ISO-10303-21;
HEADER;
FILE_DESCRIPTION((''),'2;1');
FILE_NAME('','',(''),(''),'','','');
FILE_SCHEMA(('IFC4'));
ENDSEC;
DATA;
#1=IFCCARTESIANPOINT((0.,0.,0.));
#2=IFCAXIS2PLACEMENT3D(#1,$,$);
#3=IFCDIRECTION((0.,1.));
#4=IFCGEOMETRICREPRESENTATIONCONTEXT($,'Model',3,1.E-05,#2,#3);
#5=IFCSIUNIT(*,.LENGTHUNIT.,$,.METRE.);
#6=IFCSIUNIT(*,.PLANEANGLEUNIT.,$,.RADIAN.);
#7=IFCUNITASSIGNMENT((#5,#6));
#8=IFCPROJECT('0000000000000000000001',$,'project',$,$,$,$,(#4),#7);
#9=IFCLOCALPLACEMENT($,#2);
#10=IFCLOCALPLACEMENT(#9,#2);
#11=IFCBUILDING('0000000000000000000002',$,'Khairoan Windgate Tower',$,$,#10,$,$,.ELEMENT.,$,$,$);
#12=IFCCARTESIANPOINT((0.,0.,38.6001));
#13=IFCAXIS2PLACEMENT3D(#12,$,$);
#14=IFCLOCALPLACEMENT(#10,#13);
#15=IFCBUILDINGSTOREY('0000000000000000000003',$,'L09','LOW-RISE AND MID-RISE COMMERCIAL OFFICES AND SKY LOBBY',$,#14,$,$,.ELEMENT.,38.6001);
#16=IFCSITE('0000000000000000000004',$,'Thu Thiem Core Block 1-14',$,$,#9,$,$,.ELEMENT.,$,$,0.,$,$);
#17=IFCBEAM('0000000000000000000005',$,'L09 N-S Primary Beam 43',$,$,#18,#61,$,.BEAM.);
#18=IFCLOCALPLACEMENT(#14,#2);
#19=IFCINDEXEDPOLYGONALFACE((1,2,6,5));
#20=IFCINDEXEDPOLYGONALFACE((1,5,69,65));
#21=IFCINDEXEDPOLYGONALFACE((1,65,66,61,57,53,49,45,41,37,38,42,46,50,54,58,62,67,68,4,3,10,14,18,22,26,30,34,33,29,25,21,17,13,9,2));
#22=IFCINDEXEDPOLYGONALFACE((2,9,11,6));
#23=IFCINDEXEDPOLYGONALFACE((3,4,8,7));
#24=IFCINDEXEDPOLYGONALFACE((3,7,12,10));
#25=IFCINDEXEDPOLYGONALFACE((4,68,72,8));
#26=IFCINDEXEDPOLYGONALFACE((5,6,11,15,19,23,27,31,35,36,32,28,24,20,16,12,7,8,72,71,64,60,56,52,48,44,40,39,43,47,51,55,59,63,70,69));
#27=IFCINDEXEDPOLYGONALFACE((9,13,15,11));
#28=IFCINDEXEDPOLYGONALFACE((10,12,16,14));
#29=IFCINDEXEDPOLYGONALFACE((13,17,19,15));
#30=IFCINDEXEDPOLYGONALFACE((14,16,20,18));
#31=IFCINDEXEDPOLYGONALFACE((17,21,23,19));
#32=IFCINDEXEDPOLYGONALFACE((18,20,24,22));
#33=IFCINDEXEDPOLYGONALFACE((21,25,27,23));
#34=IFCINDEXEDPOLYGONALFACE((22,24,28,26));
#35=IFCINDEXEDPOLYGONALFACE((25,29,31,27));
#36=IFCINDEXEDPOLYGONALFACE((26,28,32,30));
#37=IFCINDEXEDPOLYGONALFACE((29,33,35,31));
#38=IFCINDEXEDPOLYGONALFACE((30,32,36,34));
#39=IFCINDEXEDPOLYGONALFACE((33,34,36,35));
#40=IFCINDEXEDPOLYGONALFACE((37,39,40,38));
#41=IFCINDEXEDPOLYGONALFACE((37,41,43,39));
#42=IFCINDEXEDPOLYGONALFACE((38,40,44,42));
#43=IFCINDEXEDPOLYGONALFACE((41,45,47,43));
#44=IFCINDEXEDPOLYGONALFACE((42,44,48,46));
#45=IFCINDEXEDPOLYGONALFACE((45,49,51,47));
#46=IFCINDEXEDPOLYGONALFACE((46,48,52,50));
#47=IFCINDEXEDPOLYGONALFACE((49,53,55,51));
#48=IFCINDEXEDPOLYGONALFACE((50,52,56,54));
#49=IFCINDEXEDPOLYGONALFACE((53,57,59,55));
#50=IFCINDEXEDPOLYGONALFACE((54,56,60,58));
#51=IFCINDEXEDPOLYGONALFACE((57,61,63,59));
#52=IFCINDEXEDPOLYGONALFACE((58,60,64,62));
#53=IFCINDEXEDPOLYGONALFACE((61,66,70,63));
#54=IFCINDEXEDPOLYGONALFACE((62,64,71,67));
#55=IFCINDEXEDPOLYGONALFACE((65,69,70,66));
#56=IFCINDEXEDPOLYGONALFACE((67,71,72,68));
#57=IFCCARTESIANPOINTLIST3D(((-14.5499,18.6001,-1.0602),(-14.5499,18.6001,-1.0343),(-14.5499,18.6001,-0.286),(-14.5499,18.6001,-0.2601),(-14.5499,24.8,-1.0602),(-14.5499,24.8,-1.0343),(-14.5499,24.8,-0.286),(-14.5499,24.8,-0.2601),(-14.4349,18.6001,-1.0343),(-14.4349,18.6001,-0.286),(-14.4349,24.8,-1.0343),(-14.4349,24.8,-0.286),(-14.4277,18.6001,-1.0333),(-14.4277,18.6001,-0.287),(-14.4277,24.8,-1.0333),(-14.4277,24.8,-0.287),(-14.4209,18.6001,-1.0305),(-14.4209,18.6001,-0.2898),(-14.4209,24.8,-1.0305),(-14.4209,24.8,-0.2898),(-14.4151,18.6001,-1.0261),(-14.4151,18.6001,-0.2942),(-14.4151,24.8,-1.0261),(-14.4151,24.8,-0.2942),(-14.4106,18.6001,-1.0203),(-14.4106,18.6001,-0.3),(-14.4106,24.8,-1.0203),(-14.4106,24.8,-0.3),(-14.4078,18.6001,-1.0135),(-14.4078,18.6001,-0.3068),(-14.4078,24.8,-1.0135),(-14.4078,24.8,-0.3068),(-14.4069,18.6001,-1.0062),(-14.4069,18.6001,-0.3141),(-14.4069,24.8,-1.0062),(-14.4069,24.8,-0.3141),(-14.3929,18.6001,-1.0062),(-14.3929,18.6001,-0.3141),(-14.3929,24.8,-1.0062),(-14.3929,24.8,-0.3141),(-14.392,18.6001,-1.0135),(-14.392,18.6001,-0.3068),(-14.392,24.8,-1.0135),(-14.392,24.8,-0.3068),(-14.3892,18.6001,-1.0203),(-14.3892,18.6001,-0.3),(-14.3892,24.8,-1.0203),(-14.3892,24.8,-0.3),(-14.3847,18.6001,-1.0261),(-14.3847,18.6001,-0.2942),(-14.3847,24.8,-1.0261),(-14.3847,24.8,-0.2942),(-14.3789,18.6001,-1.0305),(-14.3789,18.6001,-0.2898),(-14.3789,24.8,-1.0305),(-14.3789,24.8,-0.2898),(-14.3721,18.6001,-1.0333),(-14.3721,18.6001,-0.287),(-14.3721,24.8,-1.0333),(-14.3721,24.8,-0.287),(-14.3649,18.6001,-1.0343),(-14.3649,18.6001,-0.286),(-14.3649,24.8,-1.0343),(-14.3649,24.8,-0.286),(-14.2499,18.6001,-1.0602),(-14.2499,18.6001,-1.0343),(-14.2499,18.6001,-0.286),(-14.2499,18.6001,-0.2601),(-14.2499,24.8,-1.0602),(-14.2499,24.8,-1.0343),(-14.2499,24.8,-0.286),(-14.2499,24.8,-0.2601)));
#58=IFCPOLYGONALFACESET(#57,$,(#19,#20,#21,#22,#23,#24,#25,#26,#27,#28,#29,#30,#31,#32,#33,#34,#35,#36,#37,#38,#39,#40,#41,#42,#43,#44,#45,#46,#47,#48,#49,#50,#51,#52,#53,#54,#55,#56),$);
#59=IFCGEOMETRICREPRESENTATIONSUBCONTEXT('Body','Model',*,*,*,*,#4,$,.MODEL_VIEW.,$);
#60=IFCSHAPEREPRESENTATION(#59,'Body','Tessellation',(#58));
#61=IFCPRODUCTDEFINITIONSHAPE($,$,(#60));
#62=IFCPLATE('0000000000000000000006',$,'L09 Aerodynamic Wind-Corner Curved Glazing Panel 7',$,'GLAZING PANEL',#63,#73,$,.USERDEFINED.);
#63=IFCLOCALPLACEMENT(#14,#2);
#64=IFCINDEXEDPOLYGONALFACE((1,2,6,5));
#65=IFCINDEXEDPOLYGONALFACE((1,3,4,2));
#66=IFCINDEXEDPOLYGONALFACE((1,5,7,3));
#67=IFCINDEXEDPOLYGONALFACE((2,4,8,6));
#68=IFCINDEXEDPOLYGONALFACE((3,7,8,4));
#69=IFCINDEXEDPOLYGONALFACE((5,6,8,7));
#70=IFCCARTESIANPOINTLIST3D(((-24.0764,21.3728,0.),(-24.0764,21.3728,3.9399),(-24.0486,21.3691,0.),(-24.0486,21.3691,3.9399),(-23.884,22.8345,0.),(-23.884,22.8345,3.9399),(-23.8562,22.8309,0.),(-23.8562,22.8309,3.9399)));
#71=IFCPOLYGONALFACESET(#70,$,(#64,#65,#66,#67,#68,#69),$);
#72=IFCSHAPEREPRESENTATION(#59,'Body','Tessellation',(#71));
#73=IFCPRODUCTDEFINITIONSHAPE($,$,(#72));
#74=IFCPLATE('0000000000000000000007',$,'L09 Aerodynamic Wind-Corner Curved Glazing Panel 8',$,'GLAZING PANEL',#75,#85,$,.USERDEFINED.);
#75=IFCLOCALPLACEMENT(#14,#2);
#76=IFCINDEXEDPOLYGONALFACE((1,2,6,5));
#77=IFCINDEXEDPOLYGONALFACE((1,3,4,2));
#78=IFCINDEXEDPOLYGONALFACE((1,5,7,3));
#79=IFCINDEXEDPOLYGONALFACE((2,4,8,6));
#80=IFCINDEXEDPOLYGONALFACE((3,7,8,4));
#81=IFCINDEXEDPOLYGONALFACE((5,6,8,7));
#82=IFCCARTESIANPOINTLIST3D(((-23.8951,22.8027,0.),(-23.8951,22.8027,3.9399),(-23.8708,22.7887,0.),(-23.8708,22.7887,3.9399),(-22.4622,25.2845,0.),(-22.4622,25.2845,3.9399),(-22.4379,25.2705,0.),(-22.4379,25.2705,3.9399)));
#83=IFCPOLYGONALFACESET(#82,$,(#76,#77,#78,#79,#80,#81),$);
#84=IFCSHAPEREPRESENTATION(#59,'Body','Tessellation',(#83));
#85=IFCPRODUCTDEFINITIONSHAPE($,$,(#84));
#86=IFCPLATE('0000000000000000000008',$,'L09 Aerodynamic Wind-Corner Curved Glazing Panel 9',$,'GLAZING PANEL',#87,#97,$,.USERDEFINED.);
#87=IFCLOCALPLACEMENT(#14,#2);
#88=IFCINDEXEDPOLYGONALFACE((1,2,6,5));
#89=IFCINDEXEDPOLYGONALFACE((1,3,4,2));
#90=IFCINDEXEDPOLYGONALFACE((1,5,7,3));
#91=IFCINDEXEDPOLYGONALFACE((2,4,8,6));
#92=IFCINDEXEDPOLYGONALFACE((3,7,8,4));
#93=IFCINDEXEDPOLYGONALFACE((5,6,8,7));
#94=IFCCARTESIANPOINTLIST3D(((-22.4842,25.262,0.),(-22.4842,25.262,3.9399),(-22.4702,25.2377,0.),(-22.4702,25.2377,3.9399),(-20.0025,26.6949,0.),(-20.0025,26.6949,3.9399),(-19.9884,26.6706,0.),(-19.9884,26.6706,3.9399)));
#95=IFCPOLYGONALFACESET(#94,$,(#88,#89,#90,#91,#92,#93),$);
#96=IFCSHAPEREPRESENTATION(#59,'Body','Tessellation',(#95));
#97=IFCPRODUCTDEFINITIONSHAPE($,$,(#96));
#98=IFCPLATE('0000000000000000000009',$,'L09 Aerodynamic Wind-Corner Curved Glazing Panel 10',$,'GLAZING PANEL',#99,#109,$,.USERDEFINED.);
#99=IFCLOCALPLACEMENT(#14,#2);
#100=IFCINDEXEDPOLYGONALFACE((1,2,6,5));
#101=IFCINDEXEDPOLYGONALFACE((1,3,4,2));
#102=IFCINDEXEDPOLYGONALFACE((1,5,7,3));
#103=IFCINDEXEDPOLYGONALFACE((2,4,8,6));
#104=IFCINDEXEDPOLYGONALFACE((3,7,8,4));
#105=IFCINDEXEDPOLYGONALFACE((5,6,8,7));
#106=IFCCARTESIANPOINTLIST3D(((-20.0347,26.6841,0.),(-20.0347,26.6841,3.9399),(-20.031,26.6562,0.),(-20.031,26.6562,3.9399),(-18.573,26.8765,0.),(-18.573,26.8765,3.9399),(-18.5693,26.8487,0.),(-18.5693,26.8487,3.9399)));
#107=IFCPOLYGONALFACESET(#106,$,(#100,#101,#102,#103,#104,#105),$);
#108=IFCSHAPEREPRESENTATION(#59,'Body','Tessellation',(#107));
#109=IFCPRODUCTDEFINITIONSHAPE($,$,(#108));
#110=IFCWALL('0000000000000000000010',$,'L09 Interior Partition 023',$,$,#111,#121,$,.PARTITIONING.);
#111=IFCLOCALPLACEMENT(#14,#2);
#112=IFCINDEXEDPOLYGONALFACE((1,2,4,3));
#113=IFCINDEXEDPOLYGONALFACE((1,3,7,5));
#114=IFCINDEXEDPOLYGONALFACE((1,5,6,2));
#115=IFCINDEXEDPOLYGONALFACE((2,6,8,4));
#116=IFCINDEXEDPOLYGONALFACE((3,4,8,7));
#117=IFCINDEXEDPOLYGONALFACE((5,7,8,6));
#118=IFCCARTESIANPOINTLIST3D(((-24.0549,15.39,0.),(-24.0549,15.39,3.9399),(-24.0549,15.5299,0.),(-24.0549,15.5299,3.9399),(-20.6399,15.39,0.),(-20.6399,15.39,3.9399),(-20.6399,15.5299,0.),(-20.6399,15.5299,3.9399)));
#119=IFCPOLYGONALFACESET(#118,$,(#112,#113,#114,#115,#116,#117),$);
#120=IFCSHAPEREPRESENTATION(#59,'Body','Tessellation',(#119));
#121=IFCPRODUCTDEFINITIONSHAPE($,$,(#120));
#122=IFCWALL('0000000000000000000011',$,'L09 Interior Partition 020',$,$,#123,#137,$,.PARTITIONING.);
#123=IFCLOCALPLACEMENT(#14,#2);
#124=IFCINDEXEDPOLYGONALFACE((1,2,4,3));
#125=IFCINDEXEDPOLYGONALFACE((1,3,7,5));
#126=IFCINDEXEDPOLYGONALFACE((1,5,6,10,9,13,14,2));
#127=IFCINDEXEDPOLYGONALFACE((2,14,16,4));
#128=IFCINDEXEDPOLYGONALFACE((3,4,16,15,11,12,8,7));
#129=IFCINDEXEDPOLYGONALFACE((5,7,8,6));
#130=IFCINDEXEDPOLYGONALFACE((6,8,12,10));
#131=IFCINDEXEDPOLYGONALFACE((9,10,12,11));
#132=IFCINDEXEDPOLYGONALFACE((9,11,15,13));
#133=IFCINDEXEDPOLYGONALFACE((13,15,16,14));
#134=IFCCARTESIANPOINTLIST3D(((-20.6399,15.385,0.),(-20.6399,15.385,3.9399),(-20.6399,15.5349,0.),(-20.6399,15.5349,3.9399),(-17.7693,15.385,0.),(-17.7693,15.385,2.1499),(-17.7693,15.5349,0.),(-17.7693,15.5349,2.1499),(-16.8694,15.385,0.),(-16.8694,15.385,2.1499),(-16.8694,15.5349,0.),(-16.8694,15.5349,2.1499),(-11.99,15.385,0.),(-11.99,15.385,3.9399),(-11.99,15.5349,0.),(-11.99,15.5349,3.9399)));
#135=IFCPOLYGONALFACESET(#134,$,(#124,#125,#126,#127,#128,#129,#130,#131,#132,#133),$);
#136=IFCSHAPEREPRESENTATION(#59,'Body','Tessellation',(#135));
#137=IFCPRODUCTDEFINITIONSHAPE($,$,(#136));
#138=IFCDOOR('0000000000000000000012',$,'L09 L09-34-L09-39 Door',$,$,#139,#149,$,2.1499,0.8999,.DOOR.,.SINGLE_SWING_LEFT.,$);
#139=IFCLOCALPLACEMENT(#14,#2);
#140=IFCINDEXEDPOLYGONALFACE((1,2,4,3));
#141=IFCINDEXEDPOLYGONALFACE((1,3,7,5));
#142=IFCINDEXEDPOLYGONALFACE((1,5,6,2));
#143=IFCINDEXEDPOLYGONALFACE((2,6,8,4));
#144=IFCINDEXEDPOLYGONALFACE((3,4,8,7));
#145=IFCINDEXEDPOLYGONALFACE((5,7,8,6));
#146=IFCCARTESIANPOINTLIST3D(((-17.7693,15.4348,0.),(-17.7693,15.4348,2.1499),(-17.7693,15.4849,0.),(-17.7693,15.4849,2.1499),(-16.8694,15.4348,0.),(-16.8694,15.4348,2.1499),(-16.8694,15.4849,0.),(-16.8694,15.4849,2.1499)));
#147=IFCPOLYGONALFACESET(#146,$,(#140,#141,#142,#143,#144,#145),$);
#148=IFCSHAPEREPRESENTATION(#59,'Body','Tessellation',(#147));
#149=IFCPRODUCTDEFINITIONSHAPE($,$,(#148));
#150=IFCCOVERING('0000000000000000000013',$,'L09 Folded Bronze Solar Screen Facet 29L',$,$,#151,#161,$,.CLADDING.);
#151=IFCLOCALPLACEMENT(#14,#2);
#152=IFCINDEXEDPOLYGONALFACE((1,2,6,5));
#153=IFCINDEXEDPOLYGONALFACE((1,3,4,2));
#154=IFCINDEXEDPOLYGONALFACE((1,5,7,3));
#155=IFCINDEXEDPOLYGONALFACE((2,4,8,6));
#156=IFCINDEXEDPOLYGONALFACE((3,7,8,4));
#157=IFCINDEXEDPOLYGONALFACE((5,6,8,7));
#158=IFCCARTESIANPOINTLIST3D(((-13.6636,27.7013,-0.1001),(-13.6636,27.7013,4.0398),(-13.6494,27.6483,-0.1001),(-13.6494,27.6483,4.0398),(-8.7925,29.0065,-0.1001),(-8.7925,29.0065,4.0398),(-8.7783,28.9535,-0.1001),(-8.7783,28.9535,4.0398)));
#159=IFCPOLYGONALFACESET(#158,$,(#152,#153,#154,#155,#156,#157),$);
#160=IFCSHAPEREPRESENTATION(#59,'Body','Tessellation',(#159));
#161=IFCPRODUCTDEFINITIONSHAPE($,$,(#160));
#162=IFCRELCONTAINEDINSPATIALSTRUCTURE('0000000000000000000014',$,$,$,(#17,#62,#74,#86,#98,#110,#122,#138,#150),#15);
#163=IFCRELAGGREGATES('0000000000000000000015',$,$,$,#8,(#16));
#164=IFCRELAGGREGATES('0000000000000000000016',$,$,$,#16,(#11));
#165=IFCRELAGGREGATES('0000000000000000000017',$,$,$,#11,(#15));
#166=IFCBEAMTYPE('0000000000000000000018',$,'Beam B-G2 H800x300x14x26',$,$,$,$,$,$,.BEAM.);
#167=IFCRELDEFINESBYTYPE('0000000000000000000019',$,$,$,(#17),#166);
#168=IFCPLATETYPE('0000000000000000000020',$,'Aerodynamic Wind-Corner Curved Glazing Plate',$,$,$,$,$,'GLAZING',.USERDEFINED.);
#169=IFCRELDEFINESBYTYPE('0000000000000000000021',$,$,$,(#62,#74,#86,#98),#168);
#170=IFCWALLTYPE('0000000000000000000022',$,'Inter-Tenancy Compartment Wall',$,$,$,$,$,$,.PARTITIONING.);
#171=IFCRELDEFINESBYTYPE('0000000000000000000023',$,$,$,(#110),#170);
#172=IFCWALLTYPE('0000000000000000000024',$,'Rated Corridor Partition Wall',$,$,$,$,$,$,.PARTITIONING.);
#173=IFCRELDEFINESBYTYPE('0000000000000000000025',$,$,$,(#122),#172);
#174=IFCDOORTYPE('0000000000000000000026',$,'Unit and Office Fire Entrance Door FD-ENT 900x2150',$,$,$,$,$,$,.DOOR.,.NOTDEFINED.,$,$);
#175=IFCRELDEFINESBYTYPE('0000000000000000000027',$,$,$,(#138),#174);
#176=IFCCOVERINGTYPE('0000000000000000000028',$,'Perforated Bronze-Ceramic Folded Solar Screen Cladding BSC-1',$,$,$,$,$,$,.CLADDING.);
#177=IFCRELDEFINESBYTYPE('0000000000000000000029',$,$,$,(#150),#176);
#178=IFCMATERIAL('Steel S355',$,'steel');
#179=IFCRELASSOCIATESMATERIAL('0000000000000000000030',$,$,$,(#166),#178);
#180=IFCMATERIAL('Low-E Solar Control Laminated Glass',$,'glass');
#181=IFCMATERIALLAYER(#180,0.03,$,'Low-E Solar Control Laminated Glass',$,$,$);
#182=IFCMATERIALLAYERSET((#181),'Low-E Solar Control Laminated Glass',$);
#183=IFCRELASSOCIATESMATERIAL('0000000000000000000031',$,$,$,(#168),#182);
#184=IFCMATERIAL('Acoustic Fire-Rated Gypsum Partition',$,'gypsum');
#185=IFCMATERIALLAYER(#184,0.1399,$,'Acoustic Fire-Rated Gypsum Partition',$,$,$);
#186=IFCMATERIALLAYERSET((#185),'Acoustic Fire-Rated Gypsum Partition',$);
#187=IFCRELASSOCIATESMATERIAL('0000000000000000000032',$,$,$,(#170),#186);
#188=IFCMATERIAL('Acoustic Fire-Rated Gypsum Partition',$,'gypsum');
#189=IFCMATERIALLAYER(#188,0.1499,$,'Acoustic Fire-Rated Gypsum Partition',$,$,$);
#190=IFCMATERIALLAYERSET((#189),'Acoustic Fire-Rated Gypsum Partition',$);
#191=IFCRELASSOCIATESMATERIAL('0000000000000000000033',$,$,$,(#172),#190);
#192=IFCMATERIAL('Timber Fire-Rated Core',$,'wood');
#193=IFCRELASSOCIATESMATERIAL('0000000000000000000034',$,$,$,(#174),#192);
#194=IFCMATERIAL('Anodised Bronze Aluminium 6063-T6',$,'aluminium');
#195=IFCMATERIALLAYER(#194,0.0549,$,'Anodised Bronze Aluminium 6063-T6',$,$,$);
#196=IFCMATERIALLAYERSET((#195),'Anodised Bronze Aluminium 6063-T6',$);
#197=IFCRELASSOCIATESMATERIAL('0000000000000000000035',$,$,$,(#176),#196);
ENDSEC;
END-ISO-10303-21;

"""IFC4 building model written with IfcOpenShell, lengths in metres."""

from ifc_helpers import new_model, si_unit, direction, frame, frame_2d, origin, origin_2d, place, context, subcontext, project, spatial, rectangle, i_section, extrude, material, layer, layer_set, material_profile, profile_set, type_object, element, fill, save


model = new_model("IFC4")

# Units and contexts
model_context = context("Model", 3, precision=1e-05, world=origin(), true_north=direction((0.0, 1.0)))
body_context = subcontext(model_context, "Body", "Model", "MODEL_VIEW")
ifc_project = project(units=[si_unit("LENGTHUNIT", "METRE"), si_unit("PLANEANGLEUNIT", "RADIAN")], contexts=[model_context])

# Site, building, storey
site_placement = place(None, origin())
site = spatial("IfcSite", under=ifc_project, at=site_placement, Name="Thu Thiem Core Block 1-14", CompositionType="ELEMENT", RefElevation=0.0)
building_placement = place(site_placement, origin())
building = spatial("IfcBuilding", under=site, at=building_placement, Name="Khairoan Windgate Tower", CompositionType="ELEMENT")
storey_placement = place(building_placement, frame((0.0, 0.0, 38.6001)))
storey = spatial("IfcBuildingStorey", under=building, at=storey_placement, Name="L09", Description="LOW-RISE AND MID-RISE COMMERCIAL OFFICES AND SKY LOBBY", CompositionType="ELEMENT", Elevation=38.6001)

# Beam
ifc_material_1 = material(Name="Steel S355", Category="steel")
ifc_material_profile_1 = material_profile(ifc_material_1, i_section(OverallWidth=0.3, OverallDepth=0.8, WebThickness=0.0139, FlangeThickness=0.0259, FilletRadius=0.0281, at=origin_2d()))
ifc_profile_set_1 = profile_set([ifc_material_profile_1], Name="Steel S355")
beam_type = type_object("IfcBeamType", Name="Beam B-G2 H800x300x14x26", PredefinedType="BEAM", material=ifc_profile_set_1)
beam_1_placement = place(storey_placement, frame((-14.3999, 18.6001, -0.6602), z_axis=(0.0, 1.0, 0.0), x_axis=(-1.0, 0.0, 0.0)))
element("IfcBeam", 1, at=beam_1_placement, inside=storey, type_object=beam_type, Name="L09 N-S Primary Beam 43", PredefinedType="BEAM", context=body_context, shape_type="SweptSolid", body=[
    extrude(i_section(OverallWidth=0.3, OverallDepth=0.8, WebThickness=0.0139, FlangeThickness=0.0259, FilletRadius=0.0281, at=origin_2d()), origin(), (0.0, 0.0, 1.0), 6.2),
])

# Plates
ifc_material_2 = material(Name="Low-E Solar Control Laminated Glass", Category="glass")
ifc_layer_1 = layer(ifc_material_2, 0.03, Name="Low-E Solar Control Laminated Glass")
ifc_layer_set_1 = layer_set([ifc_layer_1], Name="Low-E Solar Control Laminated Glass")
plate_type_1 = type_object("IfcPlateType", Name="Aerodynamic Wind-Corner Curved Glazing Plate", ElementType="GLAZING", PredefinedType="USERDEFINED", material=ifc_layer_set_1)
plate_1_placement = place(storey_placement, frame((-23.9663, 22.1018, 0.0), z_axis=(0.0, 0.0, 1.0), x_axis=(0.130526, 0.991445, 0.0)))
element("IfcPlate", 2, at=plate_1_placement, inside=storey, type_object=plate_type_1, Name="L09 Aerodynamic Wind-Corner Curved Glazing Panel 7", ObjectType="GLAZING PANEL", PredefinedType="USERDEFINED", context=body_context, shape_type="SweptSolid", body=[
    extrude(rectangle(XDim=1.4744, YDim=0.0281, at=origin_2d()), origin(), (0.0, 0.0, 1.0), 3.9399),
])
for number, where, z_axis, x_axis, name in (
    (3, (-23.1665, 24.0366, 0.0), (0.0, 0.0, 1.0), (0.5, 0.866025, 0.0), "L09 Aerodynamic Wind-Corner Curved Glazing Panel 8"),
    (4, (-21.2363, 25.9663, 0.0), (0.0, 0.0, 1.0), (0.866025, 0.5, 0.0), "L09 Aerodynamic Wind-Corner Curved Glazing Panel 9"),
):
    element("IfcPlate", number, at=place(storey_placement, frame(where, z_axis=z_axis, x_axis=x_axis)), inside=storey, type_object=plate_type_1, Name=name, ObjectType="GLAZING PANEL", PredefinedType="USERDEFINED", context=body_context, shape_type="SweptSolid", body=[
        extrude(rectangle(XDim=2.8657, YDim=0.0281, at=origin_2d()), origin(), (0.0, 0.0, 1.0), 3.9399),
    ])
plate_2_placement = place(storey_placement, frame((-19.302, 26.7664, 0.0), z_axis=(0.0, 0.0, 1.0), x_axis=(0.991445, 0.130526, 0.0)))
element("IfcPlate", 5, at=plate_2_placement, inside=storey, type_object=plate_type_1, Name="L09 Aerodynamic Wind-Corner Curved Glazing Panel 10", ObjectType="GLAZING PANEL", PredefinedType="USERDEFINED", context=body_context, shape_type="SweptSolid", body=[
    extrude(rectangle(XDim=1.4744, YDim=0.0281, at=origin_2d()), origin(), (0.0, 0.0, 1.0), 3.9399),
])

# Wall
ifc_material_3 = material(Name="Acoustic Fire-Rated Gypsum Partition", Category="gypsum")
ifc_layer_2 = layer(ifc_material_3, 0.1399, Name="Acoustic Fire-Rated Gypsum Partition")
ifc_layer_set_2 = layer_set([ifc_layer_2], Name="Acoustic Fire-Rated Gypsum Partition")
wall_type_1 = type_object("IfcWallType", Name="Inter-Tenancy Compartment Wall", PredefinedType="PARTITIONING", material=ifc_layer_set_2)
wall_1_placement = place(storey_placement, frame((-24.0549, 15.46, 0.0), z_axis=(0.0, 0.0, 1.0), x_axis=(1.0, 0.0, 0.0)))
element("IfcWall", 6, at=wall_1_placement, inside=storey, type_object=wall_type_1, Name="L09 Interior Partition 023", PredefinedType="PARTITIONING", context=body_context, shape_type="SweptSolid", body=[
    extrude(rectangle(XDim=3.415, YDim=0.1399, at=frame_2d((1.7075, 0.0))), origin(), (0.0, 0.0, 1.0), 3.9399),
])

# Wall, opening, door
ifc_material_4 = material(Name="Acoustic Fire-Rated Gypsum Partition", Category="gypsum")
ifc_layer_3 = layer(ifc_material_4, 0.1499, Name="Acoustic Fire-Rated Gypsum Partition")
ifc_layer_set_3 = layer_set([ifc_layer_3], Name="Acoustic Fire-Rated Gypsum Partition")
wall_type_2 = type_object("IfcWallType", Name="Rated Corridor Partition Wall", PredefinedType="PARTITIONING", material=ifc_layer_set_3)
ifc_material_5 = material(Name="Timber Fire-Rated Core", Category="wood")
door_type = type_object("IfcDoorType", Name="Unit and Office Fire Entrance Door FD-ENT 900x2150", OperationType="NOTDEFINED", PredefinedType="DOOR", material=ifc_material_5)
wall_2_placement = place(storey_placement, frame((-20.6399, 15.46, 0.0), z_axis=(0.0, 0.0, 1.0), x_axis=(1.0, 0.0, 0.0)))
wall_2 = element("IfcWall", 7, at=wall_2_placement, inside=storey, type_object=wall_type_2, Name="L09 Interior Partition 020", PredefinedType="PARTITIONING", context=body_context, shape_type="SweptSolid", body=[
    extrude(rectangle(XDim=8.6499, YDim=0.1499, at=frame_2d((4.325, 0.0))), origin(), (0.0, 0.0, 1.0), 3.9399),
])
opening_1_placement = place(wall_2_placement, frame((2.8706, 0.0, 0.0)))
opening_1 = element("IfcOpeningElement", 8, at=opening_1_placement, cuts=wall_2, PredefinedType="OPENING", context=body_context, shape_type="SweptSolid", body=[
    extrude(rectangle(XDim=0.8999, YDim=2.1499, at=frame_2d((0.45, 1.075))), frame((0.0, 0.085, 0.0), z_axis=(0.0, -1.0, 0.0), x_axis=(1.0, 0.0, 0.0)), (0.0, 0.0, 1.0), 0.1699),
])
door_1_placement = place(opening_1_placement, origin())
door_1 = element("IfcDoor", 9, at=door_1_placement, inside=storey, type_object=door_type, Name="L09 L09-34-L09-39 Door", OperationType="SINGLE_SWING_LEFT", OverallHeight=2.1499, OverallWidth=0.8999, PredefinedType="DOOR", context=body_context, shape_type="SweptSolid", body=[
    extrude(rectangle(XDim=0.8999, YDim=2.1499, at=frame_2d((0.45, 1.075))), frame((0.0, 0.0249, 0.0), z_axis=(0.0, -1.0, 0.0), x_axis=(1.0, 0.0, 0.0)), (0.0, 0.0, 1.0), 0.05),
])
fill(opening_1, door_1)

# Covering
ifc_material_6 = material(Name="Anodised Bronze Aluminium 6063-T6", Category="aluminium")
ifc_layer_4 = layer(ifc_material_6, 0.0549, Name="Anodised Bronze Aluminium 6063-T6")
ifc_layer_set_4 = layer_set([ifc_layer_4], Name="Anodised Bronze Aluminium 6063-T6")
covering_type = type_object("IfcCoveringType", Name="Perforated Bronze-Ceramic Folded Solar Screen Cladding BSC-1", PredefinedType="CLADDING", material=ifc_layer_set_4)
covering_placement = place(storey_placement, frame((-11.2209, 28.3274, -0.1001), z_axis=(0.0, 0.0, 1.0), x_axis=(0.965926, 0.258819, 0.0)))
element("IfcCovering", 10, at=covering_placement, inside=storey, type_object=covering_type, Name="L09 Folded Bronze Solar Screen Facet 29L", PredefinedType="CLADDING", context=body_context, shape_type="SweptSolid", body=[
    extrude(rectangle(XDim=5.043, YDim=0.0549, at=origin_2d()), origin(), (0.0, 0.0, 1.0), 4.1399),
])

save(model, "model.ifc")
